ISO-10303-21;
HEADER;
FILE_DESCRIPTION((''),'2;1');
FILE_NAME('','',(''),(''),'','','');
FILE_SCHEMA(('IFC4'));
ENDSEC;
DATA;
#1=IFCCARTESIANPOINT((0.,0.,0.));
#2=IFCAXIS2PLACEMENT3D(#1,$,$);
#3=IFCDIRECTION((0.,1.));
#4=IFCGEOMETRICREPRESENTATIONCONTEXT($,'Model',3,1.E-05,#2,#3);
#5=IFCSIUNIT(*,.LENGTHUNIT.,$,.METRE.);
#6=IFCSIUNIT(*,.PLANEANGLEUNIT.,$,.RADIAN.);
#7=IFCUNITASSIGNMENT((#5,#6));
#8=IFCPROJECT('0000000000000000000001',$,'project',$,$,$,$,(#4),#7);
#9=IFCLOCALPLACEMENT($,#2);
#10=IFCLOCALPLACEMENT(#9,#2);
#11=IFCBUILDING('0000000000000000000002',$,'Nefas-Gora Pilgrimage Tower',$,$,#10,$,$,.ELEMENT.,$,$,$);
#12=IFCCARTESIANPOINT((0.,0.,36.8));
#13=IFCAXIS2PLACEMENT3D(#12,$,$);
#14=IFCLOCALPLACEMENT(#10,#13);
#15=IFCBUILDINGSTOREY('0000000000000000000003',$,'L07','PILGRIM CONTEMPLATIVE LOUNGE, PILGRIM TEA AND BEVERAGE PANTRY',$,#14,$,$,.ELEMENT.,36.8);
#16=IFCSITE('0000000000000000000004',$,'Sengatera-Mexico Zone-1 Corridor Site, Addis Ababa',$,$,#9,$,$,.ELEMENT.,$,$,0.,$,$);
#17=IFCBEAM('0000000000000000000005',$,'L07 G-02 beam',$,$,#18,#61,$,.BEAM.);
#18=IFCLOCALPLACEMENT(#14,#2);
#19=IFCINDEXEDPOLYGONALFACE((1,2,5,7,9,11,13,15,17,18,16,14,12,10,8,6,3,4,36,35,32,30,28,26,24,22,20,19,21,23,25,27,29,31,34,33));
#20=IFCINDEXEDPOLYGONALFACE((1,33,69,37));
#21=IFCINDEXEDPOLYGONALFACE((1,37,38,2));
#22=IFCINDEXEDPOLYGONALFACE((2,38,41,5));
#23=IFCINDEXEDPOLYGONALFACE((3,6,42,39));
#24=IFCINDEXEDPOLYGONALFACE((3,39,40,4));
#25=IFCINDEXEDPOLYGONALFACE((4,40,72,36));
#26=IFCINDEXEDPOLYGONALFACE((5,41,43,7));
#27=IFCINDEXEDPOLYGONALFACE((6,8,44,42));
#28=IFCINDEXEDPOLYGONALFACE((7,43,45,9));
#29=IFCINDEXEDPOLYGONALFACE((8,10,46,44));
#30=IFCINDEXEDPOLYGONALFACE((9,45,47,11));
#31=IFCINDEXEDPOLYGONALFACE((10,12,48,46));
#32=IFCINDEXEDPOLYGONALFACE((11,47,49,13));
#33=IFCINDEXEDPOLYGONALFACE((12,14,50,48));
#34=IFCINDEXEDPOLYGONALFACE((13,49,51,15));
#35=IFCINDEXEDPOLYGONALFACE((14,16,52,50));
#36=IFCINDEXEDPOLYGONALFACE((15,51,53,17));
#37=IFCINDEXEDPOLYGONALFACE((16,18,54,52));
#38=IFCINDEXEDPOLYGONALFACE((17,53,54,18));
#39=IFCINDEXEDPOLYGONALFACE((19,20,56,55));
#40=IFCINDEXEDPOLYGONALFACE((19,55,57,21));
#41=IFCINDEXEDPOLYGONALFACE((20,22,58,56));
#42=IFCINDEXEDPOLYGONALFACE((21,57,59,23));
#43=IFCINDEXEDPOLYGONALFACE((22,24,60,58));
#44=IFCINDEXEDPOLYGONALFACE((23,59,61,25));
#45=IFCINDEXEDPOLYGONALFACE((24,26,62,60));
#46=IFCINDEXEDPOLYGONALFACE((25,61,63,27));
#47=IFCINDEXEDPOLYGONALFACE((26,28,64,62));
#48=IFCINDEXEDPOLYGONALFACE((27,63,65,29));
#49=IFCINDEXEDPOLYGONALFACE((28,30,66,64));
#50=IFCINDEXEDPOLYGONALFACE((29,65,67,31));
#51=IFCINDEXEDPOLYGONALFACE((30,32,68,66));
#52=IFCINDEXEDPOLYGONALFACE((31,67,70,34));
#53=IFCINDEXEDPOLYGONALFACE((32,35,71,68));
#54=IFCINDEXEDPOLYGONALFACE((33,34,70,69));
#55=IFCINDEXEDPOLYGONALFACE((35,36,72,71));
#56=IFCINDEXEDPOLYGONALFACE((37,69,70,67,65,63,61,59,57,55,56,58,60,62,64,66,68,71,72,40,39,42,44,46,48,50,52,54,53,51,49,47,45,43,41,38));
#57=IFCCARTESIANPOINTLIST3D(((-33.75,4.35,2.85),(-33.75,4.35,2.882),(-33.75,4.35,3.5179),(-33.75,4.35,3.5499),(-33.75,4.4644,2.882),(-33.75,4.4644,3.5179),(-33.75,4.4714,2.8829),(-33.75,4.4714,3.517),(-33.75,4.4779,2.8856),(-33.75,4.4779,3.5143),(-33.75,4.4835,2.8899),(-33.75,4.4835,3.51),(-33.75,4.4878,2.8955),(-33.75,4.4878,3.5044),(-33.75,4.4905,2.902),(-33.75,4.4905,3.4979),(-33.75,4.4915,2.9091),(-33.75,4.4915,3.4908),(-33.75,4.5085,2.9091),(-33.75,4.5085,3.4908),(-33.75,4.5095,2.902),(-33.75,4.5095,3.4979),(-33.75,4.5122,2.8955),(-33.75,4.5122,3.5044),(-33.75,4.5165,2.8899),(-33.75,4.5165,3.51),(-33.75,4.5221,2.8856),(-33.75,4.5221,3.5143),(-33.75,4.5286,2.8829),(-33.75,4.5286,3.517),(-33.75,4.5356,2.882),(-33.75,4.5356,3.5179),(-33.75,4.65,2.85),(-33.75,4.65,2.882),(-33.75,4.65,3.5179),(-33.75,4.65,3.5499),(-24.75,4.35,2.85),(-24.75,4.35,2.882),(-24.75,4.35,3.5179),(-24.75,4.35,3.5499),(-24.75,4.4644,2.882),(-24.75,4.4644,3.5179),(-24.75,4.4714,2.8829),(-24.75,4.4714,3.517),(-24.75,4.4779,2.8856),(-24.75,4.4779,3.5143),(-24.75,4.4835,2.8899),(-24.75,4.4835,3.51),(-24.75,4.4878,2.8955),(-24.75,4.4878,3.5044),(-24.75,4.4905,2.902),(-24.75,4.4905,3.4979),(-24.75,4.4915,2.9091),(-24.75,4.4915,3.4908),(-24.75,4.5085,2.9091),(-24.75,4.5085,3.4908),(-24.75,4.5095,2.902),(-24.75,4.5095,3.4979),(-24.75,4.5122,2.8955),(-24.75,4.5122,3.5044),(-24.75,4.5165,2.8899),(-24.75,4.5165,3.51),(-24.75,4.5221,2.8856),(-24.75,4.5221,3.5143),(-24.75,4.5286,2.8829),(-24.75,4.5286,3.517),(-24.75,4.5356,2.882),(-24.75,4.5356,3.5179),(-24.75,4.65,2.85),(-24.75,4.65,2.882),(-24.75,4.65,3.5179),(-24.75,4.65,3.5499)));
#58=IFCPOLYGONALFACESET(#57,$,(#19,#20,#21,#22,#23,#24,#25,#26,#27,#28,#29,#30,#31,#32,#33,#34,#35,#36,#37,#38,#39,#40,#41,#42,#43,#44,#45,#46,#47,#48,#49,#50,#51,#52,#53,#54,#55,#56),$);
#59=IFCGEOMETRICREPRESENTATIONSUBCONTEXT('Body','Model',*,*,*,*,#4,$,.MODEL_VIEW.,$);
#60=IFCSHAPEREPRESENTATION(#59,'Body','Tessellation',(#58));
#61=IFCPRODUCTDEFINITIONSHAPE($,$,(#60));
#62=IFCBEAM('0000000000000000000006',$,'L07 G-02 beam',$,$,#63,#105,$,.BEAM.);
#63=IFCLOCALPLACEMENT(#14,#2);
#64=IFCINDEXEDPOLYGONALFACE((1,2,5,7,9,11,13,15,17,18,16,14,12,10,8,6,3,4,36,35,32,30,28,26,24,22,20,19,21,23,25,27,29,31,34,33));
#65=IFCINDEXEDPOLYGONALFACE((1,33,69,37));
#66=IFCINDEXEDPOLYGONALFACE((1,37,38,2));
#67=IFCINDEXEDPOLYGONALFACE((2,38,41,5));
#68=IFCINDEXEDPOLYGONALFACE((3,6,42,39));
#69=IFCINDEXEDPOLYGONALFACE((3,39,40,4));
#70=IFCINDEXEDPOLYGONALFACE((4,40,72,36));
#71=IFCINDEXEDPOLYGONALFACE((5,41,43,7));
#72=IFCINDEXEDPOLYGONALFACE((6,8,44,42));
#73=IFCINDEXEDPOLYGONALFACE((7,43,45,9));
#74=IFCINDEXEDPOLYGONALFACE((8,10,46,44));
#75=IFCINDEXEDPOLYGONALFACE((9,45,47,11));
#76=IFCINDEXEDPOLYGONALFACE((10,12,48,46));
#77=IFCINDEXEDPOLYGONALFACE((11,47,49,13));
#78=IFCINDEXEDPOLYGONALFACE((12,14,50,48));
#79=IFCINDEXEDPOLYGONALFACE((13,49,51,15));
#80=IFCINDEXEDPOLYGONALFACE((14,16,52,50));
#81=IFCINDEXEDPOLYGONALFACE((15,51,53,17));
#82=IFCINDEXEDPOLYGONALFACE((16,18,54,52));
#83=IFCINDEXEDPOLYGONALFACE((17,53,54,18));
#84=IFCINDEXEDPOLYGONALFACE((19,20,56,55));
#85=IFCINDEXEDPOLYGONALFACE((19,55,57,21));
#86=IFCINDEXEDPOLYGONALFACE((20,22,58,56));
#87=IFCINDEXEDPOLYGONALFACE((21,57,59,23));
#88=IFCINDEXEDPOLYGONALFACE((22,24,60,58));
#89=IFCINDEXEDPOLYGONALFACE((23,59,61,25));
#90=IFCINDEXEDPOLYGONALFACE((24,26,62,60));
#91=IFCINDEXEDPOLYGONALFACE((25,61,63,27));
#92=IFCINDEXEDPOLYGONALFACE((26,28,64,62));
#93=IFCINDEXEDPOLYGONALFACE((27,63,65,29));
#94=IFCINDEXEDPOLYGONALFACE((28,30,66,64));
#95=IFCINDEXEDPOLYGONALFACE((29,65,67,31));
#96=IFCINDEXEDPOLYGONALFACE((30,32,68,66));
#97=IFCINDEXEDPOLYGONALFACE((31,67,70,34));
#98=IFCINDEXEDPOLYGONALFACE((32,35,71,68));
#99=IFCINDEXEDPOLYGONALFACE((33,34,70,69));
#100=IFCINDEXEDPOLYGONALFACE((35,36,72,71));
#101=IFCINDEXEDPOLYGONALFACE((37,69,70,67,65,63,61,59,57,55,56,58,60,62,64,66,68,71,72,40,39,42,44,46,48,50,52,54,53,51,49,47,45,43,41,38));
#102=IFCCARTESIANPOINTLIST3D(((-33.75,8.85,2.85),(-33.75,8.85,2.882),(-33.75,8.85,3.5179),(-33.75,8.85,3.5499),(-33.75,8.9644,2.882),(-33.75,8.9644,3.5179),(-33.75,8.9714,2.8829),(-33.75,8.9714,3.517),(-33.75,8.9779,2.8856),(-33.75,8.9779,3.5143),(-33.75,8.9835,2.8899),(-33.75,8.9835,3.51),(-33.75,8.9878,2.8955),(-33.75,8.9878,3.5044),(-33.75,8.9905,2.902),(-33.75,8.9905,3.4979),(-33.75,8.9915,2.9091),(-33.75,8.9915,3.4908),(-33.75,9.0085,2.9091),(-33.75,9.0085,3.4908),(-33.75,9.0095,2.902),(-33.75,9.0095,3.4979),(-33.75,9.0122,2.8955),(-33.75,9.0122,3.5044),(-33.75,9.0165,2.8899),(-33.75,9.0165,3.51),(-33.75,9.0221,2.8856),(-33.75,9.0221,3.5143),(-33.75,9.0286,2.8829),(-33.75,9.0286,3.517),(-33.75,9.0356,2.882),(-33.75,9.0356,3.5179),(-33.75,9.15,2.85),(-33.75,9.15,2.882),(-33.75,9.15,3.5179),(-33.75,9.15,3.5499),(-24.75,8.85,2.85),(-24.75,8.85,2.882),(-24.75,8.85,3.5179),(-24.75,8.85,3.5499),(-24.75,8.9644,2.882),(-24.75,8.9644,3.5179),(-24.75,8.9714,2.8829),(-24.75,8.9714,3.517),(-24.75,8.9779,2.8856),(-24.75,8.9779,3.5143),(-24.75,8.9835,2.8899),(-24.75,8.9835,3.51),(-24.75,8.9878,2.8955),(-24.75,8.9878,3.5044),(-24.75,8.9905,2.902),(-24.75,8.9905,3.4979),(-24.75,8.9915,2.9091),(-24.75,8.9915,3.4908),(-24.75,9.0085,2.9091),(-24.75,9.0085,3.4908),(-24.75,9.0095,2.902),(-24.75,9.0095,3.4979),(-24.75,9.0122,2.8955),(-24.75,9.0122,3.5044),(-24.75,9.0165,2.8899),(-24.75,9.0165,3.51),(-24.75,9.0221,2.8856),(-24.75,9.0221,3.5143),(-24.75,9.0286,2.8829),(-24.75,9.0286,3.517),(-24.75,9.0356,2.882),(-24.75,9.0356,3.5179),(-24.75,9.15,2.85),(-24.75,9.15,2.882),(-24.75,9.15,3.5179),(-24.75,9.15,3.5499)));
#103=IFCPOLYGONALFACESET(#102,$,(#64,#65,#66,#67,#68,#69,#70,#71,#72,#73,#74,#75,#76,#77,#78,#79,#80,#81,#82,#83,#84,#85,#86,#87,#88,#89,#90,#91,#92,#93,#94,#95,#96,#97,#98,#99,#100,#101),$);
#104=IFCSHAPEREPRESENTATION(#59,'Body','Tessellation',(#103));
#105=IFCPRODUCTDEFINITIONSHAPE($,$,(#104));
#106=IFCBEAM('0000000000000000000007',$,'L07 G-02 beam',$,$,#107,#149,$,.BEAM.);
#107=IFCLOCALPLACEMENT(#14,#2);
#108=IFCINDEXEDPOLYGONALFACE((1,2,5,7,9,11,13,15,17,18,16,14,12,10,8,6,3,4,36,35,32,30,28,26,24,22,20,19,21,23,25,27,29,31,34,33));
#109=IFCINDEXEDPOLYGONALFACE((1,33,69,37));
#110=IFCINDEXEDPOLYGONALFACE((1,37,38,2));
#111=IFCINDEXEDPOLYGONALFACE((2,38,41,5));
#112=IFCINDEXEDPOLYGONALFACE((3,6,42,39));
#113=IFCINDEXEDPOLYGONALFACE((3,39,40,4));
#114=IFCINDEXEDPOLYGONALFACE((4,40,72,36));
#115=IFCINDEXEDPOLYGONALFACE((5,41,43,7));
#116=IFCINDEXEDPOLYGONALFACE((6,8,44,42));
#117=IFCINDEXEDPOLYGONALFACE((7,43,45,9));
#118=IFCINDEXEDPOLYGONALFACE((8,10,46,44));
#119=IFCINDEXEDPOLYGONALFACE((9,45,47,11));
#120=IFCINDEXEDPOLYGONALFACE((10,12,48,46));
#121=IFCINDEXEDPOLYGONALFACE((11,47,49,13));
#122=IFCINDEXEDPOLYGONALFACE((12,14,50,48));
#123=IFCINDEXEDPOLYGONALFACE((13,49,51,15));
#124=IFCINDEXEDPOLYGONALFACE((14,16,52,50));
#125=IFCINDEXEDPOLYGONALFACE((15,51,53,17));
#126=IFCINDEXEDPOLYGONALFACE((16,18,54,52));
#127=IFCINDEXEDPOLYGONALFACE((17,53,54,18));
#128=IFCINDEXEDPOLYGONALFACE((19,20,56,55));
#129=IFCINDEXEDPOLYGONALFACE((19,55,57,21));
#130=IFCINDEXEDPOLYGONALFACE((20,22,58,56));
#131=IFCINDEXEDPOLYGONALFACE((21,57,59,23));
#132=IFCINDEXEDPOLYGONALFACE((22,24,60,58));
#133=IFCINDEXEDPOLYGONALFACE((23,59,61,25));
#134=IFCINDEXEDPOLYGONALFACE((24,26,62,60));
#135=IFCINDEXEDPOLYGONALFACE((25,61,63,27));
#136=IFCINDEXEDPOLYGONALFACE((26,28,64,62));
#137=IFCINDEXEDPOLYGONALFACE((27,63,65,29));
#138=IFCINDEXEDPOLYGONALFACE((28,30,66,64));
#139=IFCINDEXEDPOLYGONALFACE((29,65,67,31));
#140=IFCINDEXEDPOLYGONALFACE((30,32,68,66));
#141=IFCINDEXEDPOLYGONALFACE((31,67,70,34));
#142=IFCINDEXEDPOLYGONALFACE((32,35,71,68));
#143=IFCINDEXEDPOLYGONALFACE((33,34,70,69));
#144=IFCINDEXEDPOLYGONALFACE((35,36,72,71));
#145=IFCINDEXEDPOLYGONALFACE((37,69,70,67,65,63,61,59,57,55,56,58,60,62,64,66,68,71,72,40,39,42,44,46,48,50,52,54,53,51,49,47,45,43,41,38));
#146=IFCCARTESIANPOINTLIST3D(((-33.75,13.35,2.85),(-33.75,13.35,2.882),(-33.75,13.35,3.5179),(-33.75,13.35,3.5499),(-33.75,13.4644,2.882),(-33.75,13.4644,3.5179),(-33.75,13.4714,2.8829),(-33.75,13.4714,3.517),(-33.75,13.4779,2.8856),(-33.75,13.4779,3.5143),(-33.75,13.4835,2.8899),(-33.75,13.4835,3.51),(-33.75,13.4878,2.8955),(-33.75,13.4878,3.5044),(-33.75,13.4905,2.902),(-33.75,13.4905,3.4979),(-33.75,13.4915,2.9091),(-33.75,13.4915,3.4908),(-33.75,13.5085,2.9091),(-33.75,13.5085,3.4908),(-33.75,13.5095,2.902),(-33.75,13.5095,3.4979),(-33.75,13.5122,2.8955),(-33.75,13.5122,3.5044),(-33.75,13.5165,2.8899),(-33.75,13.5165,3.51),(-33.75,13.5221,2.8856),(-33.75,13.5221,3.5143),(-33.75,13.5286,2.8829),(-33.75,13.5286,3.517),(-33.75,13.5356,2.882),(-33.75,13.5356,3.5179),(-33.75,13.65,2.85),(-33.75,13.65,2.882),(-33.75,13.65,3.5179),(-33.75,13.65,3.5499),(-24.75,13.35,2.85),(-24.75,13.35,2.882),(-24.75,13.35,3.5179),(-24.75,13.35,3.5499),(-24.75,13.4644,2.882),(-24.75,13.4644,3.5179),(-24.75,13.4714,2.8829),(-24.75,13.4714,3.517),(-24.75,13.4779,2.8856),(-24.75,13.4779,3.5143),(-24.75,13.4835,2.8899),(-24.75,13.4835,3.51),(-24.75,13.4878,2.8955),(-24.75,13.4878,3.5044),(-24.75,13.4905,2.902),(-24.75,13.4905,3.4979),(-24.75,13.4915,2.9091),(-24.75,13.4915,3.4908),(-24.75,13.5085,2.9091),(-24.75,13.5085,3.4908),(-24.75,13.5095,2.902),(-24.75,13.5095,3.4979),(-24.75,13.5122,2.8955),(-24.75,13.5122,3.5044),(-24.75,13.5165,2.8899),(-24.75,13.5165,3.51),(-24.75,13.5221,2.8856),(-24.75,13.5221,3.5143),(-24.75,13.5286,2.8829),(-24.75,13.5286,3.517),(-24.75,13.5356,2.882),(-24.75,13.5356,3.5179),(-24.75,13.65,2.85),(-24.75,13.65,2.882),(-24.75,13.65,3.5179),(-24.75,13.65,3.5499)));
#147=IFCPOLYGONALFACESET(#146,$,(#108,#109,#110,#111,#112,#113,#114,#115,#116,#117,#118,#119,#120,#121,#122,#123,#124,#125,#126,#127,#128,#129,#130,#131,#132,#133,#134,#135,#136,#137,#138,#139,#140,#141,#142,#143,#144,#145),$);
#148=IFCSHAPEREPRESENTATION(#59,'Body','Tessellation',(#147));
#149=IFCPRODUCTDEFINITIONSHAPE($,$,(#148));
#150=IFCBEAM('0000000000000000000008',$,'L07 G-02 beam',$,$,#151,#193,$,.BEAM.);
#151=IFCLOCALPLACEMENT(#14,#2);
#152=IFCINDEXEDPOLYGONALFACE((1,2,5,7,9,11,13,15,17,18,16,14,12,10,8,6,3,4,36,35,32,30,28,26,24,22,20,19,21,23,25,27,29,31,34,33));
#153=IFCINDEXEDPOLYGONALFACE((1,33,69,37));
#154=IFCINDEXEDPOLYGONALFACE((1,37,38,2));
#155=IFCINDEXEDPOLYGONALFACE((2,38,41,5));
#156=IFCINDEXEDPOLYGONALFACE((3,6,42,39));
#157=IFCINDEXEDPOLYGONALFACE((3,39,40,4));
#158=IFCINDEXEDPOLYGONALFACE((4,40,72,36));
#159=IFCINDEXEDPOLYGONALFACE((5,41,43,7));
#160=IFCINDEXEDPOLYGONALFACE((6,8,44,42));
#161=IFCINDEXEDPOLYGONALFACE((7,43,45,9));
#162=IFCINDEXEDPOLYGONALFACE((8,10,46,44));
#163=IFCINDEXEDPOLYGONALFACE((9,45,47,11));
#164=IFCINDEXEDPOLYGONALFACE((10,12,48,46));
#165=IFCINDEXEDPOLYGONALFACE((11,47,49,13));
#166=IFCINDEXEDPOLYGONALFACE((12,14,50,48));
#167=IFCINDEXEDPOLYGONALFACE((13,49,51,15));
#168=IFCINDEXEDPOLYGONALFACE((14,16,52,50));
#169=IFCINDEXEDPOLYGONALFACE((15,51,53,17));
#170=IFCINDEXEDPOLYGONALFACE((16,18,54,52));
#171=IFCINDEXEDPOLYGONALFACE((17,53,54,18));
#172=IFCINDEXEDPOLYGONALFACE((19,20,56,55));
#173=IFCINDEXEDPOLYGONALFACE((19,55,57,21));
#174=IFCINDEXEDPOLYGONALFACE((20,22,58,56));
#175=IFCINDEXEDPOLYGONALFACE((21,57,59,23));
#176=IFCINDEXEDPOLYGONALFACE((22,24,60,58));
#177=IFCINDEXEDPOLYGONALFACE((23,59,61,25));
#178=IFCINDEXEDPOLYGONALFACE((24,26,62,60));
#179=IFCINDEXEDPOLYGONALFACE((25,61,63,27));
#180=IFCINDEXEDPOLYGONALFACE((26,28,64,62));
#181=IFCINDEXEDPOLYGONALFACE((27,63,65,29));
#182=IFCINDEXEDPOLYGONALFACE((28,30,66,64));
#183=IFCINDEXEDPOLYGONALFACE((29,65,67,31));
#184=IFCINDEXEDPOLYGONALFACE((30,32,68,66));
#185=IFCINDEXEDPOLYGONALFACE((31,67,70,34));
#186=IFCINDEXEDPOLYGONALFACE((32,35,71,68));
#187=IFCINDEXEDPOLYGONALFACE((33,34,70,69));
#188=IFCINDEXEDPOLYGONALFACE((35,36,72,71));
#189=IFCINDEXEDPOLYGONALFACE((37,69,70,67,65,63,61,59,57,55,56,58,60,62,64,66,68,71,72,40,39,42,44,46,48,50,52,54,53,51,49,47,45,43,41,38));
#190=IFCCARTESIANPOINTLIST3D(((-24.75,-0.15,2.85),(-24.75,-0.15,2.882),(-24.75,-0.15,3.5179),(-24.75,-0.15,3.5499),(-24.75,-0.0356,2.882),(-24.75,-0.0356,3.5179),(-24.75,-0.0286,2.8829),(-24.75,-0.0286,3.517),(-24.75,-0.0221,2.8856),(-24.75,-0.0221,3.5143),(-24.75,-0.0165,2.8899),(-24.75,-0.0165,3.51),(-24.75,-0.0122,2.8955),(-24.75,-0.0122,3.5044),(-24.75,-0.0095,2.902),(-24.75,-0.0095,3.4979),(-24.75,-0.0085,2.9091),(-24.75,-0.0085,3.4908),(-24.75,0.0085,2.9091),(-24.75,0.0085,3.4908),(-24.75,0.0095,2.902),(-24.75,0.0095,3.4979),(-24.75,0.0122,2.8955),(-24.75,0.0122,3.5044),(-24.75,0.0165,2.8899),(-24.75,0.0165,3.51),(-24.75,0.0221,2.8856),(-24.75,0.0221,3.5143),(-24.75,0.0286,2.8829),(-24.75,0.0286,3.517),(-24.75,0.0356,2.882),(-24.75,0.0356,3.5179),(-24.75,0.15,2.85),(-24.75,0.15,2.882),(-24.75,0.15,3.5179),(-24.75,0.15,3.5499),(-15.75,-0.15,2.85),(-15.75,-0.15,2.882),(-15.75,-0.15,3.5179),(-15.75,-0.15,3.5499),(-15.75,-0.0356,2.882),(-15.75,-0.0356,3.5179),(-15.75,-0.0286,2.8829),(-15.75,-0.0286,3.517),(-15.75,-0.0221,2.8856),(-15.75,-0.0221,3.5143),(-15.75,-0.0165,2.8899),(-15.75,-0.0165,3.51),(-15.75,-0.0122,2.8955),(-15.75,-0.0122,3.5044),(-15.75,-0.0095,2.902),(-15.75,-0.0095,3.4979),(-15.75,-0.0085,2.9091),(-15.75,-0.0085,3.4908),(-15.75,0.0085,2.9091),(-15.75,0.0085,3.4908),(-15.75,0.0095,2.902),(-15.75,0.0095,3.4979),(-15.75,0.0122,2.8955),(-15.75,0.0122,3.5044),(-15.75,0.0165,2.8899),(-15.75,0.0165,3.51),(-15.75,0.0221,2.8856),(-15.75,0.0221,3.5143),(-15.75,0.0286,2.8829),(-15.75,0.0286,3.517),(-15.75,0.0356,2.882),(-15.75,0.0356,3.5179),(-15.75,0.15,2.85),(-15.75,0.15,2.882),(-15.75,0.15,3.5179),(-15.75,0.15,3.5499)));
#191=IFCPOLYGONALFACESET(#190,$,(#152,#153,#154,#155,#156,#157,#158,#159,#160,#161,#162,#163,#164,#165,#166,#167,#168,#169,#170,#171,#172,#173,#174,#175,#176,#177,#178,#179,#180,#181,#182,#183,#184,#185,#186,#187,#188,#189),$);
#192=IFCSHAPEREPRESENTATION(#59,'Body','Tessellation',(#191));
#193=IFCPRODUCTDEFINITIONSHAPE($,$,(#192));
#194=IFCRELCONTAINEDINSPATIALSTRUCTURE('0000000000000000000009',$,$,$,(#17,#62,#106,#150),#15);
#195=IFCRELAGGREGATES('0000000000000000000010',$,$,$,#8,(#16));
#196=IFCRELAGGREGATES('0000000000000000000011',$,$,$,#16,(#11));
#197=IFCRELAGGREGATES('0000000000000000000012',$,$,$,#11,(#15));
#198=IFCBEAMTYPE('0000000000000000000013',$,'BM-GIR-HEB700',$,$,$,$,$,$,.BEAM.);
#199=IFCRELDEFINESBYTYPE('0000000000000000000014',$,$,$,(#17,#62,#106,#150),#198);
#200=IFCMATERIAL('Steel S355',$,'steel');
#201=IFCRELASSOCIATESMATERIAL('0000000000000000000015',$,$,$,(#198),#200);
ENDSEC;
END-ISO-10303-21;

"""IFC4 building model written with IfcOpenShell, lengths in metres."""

from ifc_helpers import new_model, si_unit, direction, frame, origin, origin_2d, place, context, subcontext, project, spatial, i_section, extrude, source, transform, mapped, material, material_profile, profile_set, type_object, element, save


model = new_model("IFC4")

# Units and contexts
model_context = context("Model", 3, precision=1e-05, world=origin(), true_north=direction((0.0, 1.0)))
body_context = subcontext(model_context, "Body", "Model", "MODEL_VIEW")
ifc_project = project(units=[si_unit("LENGTHUNIT", "METRE"), si_unit("PLANEANGLEUNIT", "RADIAN")], contexts=[model_context])

# Site, building, storey
site_placement = place(None, origin())
site = spatial("IfcSite", under=ifc_project, at=site_placement, Name="Sengatera-Mexico Zone-1 Corridor Site, Addis Ababa", CompositionType="ELEMENT", RefElevation=0.0)
building_placement = place(site_placement, origin())
building = spatial("IfcBuilding", under=site, at=building_placement, Name="Nefas-Gora Pilgrimage Tower", CompositionType="ELEMENT")
storey_placement = place(building_placement, frame((0.0, 0.0, 36.8)))
storey = spatial("IfcBuildingStorey", under=building, at=storey_placement, Name="L07", Description="PILGRIM CONTEMPLATIVE LOUNGE, PILGRIM TEA AND BEVERAGE PANTRY", CompositionType="ELEMENT", Elevation=36.8)

# Beams
ifc_material_1 = material(Name="Steel S355", Category="steel")
ifc_material_profile_1 = material_profile(ifc_material_1, i_section(OverallWidth=0.3, OverallDepth=0.7, WebThickness=0.0171, FlangeThickness=0.032, FilletRadius=0.0271, at=origin_2d()), Name="HEB 700")
ifc_profile_set_1 = profile_set([ifc_material_profile_1], Name="Steel S355")
beam_type_1 = type_object("IfcBeamType", Name="BM-GIR-HEB700", PredefinedType="BEAM", material=ifc_profile_set_1)
shared_shape_1 = source(origin(), body_context, "Body", "SweptSolid", [
    extrude(i_section(OverallWidth=0.3, OverallDepth=0.7, WebThickness=0.0171, FlangeThickness=0.032, FilletRadius=0.0271, at=origin_2d()), origin(), (0.0, 0.0, 1.0), 9.0),
])
for number, where, z_axis, x_axis, name in (
    (1, (-33.75, 4.5, 3.2), (1.0, 0.0, 0.0), (0.0, 1.0, 0.0), "L07 G-02 beam"),
    (2, (-33.75, 9.0, 3.2), (1.0, 0.0, 0.0), (0.0, 1.0, 0.0), "L07 G-02 beam"),
    (3, (-33.75, 13.5, 3.2), (1.0, 0.0, 0.0), (0.0, 1.0, 0.0), "L07 G-02 beam"),
    (4, (-24.75, 0.0, 3.2), (1.0, 0.0, 0.0), (0.0, 1.0, 0.0), "L07 G-02 beam"),
):
    element("IfcBeam", number, at=place(storey_placement, frame(where, z_axis=z_axis, x_axis=x_axis)), inside=storey, type_object=beam_type_1, Name=name, PredefinedType="BEAM", context=body_context, shape_type="MappedRepresentation", body=[
        mapped(shared_shape_1, transform((0.0, 0.0, 0.0), x_axis=(1.0, 0.0, 0.0), y_axis=(0.0, 1.0, 0.0), z_axis=(0.0, 0.0, 1.0), scale=1.0)),
    ])

save(model, "model.ifc")
